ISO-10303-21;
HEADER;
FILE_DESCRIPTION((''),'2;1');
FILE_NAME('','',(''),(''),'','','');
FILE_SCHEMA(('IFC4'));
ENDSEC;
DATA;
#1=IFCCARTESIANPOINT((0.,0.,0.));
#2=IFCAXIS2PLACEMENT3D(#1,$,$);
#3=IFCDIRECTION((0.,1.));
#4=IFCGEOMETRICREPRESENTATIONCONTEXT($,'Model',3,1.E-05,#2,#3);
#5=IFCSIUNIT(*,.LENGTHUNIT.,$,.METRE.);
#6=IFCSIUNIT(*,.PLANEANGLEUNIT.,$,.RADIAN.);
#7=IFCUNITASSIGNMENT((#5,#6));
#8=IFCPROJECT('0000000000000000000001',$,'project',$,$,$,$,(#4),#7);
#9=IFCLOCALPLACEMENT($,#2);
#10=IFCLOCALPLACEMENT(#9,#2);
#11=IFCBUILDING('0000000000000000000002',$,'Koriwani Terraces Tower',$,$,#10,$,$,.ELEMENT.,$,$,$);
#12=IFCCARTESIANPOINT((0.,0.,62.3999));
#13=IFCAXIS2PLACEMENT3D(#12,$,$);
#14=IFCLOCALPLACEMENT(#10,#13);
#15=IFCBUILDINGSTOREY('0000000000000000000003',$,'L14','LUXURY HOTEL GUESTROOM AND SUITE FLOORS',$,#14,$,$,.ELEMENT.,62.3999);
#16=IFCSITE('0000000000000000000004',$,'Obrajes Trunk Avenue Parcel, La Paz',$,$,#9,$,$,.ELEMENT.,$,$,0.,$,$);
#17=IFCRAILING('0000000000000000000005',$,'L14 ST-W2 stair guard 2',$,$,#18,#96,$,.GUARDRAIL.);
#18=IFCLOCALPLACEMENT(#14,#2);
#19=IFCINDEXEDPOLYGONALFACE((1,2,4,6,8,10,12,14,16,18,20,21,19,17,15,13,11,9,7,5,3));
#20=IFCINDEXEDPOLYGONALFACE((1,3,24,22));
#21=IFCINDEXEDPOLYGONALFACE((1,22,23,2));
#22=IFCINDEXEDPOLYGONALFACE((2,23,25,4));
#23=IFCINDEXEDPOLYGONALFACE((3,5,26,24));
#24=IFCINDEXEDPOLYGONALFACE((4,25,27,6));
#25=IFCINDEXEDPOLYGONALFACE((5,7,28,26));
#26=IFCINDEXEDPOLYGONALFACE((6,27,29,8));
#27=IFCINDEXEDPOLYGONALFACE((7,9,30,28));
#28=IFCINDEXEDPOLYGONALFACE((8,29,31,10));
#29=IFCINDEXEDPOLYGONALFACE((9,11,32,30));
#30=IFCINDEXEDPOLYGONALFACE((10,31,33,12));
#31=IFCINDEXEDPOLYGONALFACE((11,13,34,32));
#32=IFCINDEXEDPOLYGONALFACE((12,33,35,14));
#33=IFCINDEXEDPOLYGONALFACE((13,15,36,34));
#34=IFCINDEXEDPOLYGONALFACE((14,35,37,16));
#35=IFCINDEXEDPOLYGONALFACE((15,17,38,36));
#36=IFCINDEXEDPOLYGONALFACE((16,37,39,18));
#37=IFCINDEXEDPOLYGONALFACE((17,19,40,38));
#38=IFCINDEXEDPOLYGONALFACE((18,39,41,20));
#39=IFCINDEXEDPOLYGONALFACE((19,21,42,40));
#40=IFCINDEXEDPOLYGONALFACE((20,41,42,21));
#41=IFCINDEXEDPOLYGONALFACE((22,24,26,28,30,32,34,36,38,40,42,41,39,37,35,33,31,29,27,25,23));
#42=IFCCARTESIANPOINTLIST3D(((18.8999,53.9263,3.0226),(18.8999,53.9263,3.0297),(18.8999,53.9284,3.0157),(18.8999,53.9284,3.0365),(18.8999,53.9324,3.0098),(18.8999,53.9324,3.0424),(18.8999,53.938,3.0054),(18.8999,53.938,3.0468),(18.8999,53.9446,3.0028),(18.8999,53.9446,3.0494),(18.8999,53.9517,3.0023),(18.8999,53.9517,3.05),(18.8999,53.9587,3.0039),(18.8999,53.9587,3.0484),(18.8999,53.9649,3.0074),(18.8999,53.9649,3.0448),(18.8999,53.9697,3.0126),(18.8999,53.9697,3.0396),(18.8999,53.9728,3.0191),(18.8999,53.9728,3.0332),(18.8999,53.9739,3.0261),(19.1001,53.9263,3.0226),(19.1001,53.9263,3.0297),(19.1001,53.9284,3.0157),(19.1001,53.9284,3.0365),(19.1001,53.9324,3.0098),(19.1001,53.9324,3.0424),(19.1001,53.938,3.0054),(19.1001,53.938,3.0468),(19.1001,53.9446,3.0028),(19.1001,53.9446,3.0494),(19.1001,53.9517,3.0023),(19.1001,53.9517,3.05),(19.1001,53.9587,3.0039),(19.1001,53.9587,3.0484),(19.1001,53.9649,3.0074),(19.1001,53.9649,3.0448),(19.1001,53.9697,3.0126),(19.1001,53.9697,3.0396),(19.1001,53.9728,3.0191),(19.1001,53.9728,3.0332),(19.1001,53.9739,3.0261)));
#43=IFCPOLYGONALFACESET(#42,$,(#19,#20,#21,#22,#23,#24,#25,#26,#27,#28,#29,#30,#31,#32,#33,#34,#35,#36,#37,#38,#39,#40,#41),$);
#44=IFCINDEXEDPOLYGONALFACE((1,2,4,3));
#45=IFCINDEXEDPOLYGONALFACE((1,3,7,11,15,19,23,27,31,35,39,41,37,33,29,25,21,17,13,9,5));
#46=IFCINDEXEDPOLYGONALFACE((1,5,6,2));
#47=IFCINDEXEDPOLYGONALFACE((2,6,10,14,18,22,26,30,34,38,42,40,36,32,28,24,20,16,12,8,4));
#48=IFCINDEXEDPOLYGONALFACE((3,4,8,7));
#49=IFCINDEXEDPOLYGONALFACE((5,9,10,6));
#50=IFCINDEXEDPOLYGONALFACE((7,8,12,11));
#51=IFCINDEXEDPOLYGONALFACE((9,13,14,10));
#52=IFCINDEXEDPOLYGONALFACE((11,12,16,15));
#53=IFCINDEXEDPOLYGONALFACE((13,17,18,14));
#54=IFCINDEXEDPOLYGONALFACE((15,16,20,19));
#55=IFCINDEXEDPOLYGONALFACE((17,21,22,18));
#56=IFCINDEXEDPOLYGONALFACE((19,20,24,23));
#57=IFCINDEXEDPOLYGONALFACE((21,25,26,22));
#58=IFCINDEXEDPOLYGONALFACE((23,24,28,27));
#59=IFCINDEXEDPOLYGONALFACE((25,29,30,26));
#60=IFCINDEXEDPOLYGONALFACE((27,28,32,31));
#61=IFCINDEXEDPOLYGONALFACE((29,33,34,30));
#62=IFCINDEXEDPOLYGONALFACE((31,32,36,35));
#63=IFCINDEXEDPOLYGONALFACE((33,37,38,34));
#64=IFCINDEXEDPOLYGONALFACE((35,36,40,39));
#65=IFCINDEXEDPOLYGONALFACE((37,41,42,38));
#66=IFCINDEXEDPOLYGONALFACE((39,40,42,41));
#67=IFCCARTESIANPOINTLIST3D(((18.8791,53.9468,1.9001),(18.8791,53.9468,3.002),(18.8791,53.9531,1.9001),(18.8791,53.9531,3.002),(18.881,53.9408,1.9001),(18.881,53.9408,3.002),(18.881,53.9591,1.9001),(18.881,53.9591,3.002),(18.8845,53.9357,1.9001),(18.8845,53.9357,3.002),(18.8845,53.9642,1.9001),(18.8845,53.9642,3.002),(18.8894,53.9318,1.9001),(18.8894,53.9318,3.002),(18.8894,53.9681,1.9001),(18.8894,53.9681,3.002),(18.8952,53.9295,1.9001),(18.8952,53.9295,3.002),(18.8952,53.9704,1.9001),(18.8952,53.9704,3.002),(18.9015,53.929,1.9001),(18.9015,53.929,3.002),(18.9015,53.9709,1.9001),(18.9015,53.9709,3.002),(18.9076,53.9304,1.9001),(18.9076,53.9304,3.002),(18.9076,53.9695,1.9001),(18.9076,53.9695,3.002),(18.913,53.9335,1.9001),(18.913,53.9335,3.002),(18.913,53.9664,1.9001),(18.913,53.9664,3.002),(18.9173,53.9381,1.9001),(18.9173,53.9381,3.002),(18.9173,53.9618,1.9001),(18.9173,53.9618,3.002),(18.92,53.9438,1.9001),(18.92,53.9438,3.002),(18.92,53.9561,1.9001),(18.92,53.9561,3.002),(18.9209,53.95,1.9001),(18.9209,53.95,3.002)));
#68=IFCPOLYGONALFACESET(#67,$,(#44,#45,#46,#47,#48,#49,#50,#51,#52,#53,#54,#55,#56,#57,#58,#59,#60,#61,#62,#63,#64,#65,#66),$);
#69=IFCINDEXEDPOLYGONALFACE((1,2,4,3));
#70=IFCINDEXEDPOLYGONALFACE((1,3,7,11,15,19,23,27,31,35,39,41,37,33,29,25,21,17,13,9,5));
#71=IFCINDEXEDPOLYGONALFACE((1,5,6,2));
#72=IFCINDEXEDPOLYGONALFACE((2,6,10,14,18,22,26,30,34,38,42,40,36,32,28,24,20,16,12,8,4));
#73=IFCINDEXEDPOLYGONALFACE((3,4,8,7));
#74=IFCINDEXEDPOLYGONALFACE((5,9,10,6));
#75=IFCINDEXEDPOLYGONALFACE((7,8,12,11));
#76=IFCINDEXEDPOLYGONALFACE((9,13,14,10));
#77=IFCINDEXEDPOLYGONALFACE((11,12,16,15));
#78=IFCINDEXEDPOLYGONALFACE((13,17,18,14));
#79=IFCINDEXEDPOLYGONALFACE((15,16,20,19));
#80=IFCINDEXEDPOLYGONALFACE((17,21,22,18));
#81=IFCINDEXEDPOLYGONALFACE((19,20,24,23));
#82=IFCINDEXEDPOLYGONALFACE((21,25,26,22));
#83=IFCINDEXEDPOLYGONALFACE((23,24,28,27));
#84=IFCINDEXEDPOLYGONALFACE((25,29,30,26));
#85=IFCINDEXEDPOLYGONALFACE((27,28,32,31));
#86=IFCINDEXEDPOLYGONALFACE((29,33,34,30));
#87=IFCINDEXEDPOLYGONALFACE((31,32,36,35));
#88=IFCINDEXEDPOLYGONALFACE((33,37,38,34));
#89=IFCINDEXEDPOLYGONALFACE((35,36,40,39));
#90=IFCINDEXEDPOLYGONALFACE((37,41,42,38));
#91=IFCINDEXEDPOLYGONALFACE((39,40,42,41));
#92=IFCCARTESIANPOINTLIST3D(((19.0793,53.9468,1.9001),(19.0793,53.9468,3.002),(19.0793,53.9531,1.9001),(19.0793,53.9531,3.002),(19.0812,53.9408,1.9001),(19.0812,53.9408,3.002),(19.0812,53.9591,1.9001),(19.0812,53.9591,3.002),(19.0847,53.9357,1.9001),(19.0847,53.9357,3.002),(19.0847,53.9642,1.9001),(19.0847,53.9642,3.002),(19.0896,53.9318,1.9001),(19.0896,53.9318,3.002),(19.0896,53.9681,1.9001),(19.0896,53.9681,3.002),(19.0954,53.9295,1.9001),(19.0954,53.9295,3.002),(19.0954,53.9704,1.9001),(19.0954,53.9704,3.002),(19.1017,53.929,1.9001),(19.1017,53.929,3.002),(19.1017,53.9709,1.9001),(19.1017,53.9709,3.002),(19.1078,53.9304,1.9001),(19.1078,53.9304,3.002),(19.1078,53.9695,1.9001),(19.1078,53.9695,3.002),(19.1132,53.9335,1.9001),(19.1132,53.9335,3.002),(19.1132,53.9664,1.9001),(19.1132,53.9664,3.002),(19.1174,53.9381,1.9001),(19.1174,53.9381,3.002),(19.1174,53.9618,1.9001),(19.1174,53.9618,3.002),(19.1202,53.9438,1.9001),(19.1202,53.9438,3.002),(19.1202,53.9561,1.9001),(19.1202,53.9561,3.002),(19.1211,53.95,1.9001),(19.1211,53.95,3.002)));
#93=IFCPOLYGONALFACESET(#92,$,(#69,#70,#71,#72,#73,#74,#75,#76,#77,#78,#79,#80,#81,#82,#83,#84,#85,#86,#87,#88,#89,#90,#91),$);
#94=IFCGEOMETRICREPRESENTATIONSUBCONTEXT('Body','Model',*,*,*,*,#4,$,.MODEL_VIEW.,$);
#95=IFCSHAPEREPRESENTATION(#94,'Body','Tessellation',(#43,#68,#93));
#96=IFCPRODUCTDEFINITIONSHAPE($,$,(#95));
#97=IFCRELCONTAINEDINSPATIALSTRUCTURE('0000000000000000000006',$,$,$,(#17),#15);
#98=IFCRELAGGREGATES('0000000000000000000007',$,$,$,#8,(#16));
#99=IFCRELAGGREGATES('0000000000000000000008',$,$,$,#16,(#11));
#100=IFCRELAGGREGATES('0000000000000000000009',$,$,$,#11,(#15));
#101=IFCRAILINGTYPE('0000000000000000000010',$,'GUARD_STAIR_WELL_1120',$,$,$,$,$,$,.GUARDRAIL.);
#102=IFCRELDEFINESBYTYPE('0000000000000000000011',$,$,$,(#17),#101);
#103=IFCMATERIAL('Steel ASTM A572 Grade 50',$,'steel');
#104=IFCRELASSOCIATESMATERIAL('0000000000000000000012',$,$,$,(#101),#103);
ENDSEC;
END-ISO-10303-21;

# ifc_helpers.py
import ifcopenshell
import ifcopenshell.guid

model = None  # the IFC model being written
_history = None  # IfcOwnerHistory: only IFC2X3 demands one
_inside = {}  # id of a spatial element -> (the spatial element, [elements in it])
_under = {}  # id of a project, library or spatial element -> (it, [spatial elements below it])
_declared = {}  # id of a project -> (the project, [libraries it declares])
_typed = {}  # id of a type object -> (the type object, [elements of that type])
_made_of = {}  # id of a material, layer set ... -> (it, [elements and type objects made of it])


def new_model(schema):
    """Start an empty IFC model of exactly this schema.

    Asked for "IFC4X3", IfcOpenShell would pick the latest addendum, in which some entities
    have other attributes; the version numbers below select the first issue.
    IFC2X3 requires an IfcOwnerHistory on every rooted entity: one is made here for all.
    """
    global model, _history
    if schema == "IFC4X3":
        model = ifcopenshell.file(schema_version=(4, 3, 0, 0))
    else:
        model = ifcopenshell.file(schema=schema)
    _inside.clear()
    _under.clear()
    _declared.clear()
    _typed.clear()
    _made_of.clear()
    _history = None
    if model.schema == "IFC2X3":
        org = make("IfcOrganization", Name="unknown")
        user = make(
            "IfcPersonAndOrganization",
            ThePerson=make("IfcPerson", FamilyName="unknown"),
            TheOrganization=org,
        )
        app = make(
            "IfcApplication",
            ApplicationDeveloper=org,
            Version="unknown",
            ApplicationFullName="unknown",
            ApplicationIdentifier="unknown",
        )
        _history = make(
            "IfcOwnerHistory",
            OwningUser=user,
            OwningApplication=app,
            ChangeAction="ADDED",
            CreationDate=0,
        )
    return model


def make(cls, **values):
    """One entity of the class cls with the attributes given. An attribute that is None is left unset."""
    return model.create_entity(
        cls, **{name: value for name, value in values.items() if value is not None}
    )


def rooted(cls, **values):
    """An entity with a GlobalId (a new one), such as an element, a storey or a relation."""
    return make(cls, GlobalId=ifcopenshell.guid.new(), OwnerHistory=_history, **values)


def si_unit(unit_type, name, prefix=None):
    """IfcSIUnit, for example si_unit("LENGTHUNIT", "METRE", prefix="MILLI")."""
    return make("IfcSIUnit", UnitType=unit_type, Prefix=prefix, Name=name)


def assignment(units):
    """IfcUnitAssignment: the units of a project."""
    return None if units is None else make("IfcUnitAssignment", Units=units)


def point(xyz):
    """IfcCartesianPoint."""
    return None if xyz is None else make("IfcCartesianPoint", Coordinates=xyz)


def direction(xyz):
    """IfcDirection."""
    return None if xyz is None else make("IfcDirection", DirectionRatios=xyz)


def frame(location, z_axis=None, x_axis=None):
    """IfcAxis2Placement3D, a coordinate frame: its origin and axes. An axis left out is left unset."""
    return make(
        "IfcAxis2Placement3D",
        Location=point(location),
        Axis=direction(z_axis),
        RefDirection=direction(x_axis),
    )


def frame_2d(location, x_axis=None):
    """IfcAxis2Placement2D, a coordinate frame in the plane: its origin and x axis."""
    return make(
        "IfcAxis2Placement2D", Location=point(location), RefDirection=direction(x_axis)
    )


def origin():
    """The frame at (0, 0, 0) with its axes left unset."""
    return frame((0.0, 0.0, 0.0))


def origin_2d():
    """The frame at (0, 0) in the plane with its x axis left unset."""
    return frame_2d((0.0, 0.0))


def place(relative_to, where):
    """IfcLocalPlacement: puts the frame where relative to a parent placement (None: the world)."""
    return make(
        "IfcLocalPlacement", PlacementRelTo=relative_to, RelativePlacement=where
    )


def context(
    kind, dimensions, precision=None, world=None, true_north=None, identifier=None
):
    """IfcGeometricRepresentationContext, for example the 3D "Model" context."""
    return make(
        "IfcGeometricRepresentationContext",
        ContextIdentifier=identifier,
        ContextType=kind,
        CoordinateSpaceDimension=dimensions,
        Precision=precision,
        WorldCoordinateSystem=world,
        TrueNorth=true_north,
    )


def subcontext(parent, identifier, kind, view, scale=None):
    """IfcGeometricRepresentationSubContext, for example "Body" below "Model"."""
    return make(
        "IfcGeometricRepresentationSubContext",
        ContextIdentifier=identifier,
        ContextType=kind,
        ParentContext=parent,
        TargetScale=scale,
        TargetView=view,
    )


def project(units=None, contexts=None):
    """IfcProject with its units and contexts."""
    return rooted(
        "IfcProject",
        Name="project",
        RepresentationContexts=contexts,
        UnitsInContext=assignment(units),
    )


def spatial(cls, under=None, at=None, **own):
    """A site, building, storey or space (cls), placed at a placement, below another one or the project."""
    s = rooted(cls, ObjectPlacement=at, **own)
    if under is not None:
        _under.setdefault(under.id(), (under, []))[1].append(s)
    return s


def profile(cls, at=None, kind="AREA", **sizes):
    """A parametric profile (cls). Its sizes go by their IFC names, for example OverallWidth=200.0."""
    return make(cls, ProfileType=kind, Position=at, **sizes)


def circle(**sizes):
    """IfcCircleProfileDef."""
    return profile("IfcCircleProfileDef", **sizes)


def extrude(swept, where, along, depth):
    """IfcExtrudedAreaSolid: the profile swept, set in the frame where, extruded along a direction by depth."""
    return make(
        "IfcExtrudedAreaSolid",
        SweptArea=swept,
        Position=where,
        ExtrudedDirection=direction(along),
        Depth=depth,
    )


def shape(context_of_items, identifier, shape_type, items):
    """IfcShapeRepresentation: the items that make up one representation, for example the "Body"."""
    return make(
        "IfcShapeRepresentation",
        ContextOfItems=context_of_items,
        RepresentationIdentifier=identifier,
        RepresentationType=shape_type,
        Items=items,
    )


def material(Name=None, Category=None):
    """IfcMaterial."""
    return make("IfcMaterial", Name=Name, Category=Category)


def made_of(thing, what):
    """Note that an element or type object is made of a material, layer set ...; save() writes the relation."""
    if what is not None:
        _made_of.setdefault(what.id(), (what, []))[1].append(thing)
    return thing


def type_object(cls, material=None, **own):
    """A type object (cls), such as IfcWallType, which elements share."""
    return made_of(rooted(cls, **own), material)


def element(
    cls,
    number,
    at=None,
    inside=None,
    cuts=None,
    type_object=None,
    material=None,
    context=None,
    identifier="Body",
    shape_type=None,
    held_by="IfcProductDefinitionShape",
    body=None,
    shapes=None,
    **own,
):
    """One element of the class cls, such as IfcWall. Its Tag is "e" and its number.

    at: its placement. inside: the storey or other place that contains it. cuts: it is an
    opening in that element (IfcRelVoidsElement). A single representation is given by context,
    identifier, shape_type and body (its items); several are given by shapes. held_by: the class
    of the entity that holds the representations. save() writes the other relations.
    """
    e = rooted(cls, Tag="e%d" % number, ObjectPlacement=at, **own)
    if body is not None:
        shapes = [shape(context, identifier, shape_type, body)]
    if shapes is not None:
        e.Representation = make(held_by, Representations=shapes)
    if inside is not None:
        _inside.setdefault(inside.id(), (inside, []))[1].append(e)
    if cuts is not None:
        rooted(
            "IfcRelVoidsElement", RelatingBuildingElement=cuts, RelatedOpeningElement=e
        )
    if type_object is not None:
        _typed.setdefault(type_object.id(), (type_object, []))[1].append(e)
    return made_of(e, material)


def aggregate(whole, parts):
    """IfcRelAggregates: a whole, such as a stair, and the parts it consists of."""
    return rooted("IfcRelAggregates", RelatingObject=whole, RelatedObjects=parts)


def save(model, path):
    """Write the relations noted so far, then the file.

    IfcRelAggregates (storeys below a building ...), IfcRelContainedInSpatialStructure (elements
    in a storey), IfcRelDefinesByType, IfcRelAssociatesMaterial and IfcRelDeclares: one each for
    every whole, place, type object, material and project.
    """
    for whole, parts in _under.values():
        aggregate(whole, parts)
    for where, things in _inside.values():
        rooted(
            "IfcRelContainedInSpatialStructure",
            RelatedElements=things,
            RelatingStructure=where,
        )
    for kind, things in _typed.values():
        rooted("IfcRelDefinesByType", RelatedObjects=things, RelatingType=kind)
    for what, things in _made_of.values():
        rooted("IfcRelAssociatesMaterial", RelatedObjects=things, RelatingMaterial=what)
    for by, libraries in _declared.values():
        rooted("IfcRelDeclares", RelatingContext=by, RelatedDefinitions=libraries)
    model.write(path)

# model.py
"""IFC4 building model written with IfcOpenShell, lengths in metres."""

from ifc_helpers import new_model, si_unit, direction, frame, origin, origin_2d, place, context, subcontext, project, spatial, circle, extrude, material, type_object, element, save


model = new_model("IFC4")

# Units and contexts
model_context = context("Model", 3, precision=1e-05, world=origin(), true_north=direction((0.0, 1.0)))
body_context = subcontext(model_context, "Body", "Model", "MODEL_VIEW")
ifc_project = project(units=[si_unit("LENGTHUNIT", "METRE"), si_unit("PLANEANGLEUNIT", "RADIAN")], contexts=[model_context])

# Site, building, storey
site_placement = place(None, origin())
site = spatial("IfcSite", under=ifc_project, at=site_placement, Name="Obrajes Trunk Avenue Parcel, La Paz", CompositionType="ELEMENT", RefElevation=0.0)
building_placement = place(site_placement, origin())
building = spatial("IfcBuilding", under=site, at=building_placement, Name="Koriwani Terraces Tower", CompositionType="ELEMENT")
storey_placement = place(building_placement, frame((0.0, 0.0, 62.3999)))
storey = spatial("IfcBuildingStorey", under=building, at=storey_placement, Name="L14", Description="LUXURY HOTEL GUESTROOM AND SUITE FLOORS", CompositionType="ELEMENT", Elevation=62.3999)

# Shared definitions
ifc_material_1 = material(Name="Steel ASTM A572 Grade 50", Category="steel")

# Railing
railing_type = type_object("IfcRailingType", Name="GUARD_STAIR_WELL_1120", PredefinedType="GUARDRAIL", material=ifc_material_1)
railing_1_placement = place(storey_placement, frame((18.8999, 53.95, 1.9001)))
element("IfcRailing", 1, at=railing_1_placement, inside=storey, type_object=railing_type, Name="L14 ST-W2 stair guard 2", PredefinedType="GUARDRAIL", context=body_context, shape_type="SweptSolid", body=[
    extrude(circle(Radius=0.0239, at=origin_2d()), frame((0.0, 0.0, 1.126), z_axis=(1.0, 0.0, 0.0), x_axis=(0.0, 1.0, 0.0)), (0.0, 0.0, 1.0), 0.2002),
    extrude(circle(Radius=0.021, at=origin_2d()), origin(), (0.0, 0.0, 1.0), 1.1018),
    extrude(circle(Radius=0.021, at=origin_2d()), frame((0.2002, 0.0, 0.0)), (0.0, 0.0, 1.0), 1.1018),
])

save(model, "model.ifc")
